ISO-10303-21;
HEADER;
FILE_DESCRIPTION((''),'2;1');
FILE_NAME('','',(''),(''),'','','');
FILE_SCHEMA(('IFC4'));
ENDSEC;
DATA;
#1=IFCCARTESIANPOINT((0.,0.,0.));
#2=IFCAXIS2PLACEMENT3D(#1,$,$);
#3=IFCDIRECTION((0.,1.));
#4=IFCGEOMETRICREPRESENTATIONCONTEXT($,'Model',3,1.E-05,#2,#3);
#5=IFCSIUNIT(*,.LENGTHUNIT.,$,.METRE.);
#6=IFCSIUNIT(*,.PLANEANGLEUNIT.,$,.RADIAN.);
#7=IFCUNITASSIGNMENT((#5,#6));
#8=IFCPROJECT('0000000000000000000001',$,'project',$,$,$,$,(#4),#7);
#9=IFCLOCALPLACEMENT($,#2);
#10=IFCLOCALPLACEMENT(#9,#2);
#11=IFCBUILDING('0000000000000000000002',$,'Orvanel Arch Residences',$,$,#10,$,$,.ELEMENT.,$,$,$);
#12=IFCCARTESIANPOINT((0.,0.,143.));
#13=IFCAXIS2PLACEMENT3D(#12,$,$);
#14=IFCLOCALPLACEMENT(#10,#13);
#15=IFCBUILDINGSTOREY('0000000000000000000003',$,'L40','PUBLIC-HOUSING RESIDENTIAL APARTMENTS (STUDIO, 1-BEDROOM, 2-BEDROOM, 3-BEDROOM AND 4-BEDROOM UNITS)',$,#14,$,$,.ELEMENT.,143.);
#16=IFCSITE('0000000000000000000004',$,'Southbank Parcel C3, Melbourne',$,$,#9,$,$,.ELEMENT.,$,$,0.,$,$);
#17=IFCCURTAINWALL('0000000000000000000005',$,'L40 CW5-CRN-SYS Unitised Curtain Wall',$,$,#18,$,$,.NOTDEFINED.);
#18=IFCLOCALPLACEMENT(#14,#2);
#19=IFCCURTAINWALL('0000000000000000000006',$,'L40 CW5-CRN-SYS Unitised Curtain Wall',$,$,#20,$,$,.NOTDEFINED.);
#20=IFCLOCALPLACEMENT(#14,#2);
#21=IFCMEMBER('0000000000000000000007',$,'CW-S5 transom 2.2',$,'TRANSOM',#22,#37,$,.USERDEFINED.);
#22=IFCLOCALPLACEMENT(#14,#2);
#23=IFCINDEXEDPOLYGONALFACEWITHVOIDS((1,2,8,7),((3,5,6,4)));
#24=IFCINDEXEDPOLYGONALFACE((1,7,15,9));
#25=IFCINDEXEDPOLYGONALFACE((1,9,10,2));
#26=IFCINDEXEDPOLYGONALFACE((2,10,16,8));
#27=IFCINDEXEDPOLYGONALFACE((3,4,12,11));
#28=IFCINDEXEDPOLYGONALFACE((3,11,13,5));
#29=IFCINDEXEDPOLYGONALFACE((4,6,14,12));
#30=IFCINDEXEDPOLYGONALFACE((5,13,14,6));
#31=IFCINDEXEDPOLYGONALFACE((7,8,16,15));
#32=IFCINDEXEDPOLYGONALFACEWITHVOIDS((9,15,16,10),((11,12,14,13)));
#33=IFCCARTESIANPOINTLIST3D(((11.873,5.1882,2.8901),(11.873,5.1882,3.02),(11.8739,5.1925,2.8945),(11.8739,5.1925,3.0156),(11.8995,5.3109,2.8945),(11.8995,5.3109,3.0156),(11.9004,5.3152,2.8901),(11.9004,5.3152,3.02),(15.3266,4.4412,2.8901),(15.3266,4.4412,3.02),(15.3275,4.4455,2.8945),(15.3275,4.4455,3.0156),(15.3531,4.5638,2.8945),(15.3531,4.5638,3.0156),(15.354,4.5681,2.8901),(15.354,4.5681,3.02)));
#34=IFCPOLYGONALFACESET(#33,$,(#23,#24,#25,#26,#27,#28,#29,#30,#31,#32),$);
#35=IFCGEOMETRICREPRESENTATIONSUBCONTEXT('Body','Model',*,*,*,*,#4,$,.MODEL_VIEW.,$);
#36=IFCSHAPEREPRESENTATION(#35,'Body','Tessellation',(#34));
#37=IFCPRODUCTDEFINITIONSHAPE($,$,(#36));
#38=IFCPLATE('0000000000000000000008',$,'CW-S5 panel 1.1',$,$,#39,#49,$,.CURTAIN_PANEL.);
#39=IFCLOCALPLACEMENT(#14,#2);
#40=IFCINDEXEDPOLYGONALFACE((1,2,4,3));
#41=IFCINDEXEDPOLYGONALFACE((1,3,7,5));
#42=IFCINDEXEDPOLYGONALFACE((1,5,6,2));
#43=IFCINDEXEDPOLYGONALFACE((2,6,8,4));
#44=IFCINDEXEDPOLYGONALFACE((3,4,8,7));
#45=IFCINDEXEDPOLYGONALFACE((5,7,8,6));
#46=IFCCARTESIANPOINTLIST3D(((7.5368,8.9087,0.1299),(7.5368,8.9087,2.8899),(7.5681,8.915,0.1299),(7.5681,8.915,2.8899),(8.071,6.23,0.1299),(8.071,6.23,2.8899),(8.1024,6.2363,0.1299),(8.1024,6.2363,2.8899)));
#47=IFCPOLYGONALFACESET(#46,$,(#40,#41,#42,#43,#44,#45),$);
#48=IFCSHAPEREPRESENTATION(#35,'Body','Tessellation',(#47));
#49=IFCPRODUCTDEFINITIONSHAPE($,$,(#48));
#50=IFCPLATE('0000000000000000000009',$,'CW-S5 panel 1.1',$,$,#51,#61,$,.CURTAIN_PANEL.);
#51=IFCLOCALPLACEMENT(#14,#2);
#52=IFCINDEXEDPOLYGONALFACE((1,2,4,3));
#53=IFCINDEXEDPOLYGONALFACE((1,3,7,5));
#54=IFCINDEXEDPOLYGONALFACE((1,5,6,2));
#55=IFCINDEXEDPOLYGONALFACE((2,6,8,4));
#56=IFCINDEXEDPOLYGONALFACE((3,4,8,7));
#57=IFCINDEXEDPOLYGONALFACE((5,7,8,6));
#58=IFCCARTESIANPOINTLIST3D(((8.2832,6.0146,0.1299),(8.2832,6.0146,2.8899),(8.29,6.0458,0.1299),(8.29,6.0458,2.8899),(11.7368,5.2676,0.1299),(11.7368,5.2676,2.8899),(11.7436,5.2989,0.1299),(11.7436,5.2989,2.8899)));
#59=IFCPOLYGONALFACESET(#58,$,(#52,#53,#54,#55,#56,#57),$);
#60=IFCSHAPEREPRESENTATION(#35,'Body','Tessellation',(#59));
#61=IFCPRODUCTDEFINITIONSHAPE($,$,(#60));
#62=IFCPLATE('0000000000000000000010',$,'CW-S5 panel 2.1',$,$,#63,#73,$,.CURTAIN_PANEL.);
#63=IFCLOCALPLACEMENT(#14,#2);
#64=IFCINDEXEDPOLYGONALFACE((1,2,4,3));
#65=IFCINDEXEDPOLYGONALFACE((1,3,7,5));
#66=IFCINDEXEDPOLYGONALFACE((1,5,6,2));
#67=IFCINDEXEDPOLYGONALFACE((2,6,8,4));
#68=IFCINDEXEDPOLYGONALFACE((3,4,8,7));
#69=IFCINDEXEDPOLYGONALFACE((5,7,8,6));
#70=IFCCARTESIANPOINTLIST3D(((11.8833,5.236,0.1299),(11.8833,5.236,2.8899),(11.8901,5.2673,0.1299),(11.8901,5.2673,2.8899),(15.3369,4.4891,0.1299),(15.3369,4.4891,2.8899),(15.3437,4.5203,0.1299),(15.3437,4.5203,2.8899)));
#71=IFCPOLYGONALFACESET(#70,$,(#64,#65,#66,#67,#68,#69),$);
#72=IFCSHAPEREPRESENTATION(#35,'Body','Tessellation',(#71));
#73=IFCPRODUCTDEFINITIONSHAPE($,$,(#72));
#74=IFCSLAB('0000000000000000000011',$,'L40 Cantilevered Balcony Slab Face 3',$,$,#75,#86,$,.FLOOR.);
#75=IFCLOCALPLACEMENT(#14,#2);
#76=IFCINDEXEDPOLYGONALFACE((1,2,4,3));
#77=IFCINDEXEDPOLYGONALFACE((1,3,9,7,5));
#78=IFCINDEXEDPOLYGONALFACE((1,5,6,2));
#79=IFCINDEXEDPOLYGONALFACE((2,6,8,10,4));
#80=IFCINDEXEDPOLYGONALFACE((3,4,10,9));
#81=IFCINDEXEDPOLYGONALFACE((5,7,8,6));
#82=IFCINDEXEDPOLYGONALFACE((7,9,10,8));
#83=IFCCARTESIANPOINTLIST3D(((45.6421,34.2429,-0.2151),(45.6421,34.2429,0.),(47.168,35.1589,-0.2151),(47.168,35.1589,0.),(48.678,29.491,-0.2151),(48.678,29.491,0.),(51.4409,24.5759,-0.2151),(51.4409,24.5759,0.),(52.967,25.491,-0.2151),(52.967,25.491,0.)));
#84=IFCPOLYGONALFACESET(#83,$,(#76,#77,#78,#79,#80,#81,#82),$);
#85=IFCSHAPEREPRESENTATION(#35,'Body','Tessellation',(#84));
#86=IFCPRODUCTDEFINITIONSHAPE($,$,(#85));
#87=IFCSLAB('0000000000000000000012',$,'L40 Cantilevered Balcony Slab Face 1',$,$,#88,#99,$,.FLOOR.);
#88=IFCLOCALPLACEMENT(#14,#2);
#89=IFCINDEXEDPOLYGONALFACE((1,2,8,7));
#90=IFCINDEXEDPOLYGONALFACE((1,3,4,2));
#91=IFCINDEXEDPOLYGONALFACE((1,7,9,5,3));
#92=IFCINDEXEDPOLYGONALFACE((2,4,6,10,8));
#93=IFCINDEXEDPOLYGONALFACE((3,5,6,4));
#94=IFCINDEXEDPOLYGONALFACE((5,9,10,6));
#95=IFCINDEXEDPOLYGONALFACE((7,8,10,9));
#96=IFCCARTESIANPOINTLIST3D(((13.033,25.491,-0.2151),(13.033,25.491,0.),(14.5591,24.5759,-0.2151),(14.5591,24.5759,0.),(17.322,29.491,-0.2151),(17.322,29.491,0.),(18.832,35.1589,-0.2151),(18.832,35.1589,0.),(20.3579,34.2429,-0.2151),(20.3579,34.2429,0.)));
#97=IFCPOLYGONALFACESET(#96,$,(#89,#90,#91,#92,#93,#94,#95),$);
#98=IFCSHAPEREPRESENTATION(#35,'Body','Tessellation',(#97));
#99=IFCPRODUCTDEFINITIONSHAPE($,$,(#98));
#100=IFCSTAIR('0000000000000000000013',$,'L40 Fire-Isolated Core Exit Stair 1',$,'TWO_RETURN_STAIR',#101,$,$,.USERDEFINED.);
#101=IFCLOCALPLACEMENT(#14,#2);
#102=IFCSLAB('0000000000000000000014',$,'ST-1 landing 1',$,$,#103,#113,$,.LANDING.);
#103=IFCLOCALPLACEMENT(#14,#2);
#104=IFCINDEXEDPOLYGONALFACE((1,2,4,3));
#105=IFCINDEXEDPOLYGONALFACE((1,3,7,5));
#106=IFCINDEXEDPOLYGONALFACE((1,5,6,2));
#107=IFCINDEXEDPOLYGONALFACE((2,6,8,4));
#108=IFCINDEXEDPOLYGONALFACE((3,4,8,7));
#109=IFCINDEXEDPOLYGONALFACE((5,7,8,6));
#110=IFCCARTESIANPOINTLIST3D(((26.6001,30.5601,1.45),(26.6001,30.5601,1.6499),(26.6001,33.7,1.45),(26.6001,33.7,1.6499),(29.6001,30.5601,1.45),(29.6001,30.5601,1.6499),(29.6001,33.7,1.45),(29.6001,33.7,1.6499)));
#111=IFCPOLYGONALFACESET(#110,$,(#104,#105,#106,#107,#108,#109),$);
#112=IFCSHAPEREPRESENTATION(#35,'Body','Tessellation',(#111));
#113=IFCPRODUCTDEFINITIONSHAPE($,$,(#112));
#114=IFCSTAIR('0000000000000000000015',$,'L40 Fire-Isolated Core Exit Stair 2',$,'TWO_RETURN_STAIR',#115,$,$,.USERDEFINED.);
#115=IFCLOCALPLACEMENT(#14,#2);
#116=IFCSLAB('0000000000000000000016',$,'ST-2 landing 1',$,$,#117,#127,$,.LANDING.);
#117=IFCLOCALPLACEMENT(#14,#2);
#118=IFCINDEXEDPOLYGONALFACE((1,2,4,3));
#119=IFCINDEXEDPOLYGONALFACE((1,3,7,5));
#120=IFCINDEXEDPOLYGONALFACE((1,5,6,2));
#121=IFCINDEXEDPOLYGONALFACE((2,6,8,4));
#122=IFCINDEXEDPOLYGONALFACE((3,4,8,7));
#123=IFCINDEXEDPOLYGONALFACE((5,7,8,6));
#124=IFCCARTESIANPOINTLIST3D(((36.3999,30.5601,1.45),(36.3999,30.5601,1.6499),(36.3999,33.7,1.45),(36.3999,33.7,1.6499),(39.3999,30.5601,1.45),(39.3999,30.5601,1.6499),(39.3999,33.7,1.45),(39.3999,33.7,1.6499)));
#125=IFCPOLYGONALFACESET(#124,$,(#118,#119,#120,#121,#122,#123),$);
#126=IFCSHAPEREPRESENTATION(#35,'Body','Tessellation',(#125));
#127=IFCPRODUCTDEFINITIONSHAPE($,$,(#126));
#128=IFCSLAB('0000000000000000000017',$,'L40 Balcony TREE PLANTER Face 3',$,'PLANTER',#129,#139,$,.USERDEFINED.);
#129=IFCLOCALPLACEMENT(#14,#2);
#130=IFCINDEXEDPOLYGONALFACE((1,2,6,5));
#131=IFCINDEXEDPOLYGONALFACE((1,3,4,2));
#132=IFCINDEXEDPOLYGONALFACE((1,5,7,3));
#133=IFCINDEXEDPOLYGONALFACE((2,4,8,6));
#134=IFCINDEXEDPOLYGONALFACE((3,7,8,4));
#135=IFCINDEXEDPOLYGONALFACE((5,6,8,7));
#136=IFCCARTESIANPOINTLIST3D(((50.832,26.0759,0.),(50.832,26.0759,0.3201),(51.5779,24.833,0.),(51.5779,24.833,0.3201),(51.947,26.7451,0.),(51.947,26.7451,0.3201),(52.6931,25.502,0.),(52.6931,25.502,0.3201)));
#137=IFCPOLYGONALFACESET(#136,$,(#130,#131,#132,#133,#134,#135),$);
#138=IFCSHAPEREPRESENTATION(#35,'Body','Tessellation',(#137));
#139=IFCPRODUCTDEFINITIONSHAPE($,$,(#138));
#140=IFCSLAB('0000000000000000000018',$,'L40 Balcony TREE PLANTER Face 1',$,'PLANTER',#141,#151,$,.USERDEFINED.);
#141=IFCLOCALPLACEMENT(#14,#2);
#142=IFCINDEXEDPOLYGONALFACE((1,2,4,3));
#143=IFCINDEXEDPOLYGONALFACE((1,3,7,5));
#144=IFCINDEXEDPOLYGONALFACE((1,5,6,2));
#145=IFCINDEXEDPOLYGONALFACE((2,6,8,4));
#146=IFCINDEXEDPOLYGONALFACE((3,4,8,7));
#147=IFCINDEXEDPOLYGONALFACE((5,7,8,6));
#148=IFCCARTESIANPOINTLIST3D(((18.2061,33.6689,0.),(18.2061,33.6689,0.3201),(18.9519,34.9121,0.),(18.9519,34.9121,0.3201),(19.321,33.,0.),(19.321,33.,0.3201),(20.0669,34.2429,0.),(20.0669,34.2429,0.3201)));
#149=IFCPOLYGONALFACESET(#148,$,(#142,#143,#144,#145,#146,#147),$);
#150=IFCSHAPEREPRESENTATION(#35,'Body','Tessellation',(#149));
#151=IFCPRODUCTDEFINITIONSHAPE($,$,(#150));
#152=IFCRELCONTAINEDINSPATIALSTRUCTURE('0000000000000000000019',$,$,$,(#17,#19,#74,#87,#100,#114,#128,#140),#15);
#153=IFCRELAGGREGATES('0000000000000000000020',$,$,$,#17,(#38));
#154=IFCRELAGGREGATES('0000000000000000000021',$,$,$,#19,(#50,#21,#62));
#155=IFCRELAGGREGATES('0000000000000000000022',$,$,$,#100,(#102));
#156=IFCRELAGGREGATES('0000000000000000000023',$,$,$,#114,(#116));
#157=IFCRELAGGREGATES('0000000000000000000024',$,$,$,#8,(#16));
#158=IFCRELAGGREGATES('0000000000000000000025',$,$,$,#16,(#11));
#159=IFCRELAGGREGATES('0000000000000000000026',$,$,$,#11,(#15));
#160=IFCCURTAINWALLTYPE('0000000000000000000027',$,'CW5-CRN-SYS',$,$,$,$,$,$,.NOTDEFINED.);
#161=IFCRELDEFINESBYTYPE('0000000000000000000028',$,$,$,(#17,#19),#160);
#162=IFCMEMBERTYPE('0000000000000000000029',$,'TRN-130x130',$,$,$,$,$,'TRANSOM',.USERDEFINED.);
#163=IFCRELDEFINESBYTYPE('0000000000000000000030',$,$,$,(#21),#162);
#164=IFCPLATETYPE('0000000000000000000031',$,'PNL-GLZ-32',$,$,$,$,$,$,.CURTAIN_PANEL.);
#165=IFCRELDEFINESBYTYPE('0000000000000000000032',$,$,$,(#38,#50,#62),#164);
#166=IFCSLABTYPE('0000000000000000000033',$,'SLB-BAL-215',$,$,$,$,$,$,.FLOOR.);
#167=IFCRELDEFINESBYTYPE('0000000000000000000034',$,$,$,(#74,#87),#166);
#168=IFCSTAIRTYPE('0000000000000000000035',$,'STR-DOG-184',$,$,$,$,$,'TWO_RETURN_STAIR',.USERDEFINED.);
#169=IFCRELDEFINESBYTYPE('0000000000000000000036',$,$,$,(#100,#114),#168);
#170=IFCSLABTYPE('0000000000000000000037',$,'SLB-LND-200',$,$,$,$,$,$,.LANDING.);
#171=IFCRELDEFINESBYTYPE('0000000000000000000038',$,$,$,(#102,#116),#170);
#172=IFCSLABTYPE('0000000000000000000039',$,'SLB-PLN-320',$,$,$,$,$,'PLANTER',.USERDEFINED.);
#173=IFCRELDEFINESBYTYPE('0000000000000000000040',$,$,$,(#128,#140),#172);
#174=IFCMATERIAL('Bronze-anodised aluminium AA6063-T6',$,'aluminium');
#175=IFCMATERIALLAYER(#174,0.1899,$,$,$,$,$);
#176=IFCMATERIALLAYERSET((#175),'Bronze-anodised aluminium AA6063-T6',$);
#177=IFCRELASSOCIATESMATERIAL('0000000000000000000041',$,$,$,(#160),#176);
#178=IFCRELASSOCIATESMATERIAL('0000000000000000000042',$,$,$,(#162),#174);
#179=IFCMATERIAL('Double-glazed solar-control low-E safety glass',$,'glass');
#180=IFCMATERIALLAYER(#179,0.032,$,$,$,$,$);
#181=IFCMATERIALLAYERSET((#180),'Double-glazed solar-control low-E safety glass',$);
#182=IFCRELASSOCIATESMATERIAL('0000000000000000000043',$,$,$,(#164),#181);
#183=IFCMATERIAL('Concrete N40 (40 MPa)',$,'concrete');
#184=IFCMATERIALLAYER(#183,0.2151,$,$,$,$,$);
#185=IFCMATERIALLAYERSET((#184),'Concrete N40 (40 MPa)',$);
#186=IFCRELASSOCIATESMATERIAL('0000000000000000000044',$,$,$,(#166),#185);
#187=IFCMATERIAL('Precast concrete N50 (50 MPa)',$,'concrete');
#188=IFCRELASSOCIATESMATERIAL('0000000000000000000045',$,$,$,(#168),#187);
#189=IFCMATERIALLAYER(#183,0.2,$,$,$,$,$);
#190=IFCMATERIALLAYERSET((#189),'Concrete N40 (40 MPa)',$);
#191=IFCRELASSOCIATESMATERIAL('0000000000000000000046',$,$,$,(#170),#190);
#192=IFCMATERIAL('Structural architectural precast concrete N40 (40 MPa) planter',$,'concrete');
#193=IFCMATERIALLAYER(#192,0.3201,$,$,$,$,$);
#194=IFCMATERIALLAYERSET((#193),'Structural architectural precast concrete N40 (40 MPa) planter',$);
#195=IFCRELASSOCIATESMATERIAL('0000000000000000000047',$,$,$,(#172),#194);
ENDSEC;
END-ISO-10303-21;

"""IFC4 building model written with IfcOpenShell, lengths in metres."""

from ifc_helpers import new_model, si_unit, direction, frame, origin, origin_2d, place, context, subcontext, project, spatial, polyline, rectangle, hollow_rectangle, outline, extrude, material, layer, layer_set, material_profile, profile_set, type_object, element, aggregate, save


model = new_model("IFC4")

# Units and contexts
model_context = context("Model", 3, precision=1e-05, world=origin(), true_north=direction((0.0, 1.0)))
body_context = subcontext(model_context, "Body", "Model", "MODEL_VIEW")
ifc_project = project(units=[si_unit("LENGTHUNIT", "METRE"), si_unit("PLANEANGLEUNIT", "RADIAN")], contexts=[model_context])

# Site, building, storey
site_placement = place(None, origin())
site = spatial("IfcSite", under=ifc_project, at=site_placement, Name="Southbank Parcel C3, Melbourne", CompositionType="ELEMENT", RefElevation=0.0)
building_placement = place(site_placement, origin())
building = spatial("IfcBuilding", under=site, at=building_placement, Name="Orvanel Arch Residences", CompositionType="ELEMENT")
storey_placement = place(building_placement, frame((0.0, 0.0, 143.0)))
storey = spatial("IfcBuildingStorey", under=building, at=storey_placement, Name="L40", Description="PUBLIC-HOUSING RESIDENTIAL APARTMENTS (STUDIO, 1-BEDROOM, 2-BEDROOM, 3-BEDROOM AND 4-BEDROOM UNITS)", CompositionType="ELEMENT", Elevation=143.0)

# Curtain walls
ifc_material_1 = material(Name="Bronze-anodised aluminium AA6063-T6", Category="aluminium")
ifc_layer_1 = layer(ifc_material_1, 0.1899)
ifc_layer_set_1 = layer_set([ifc_layer_1], Name="Bronze-anodised aluminium AA6063-T6")
curtain_wall_type_1 = type_object("IfcCurtainWallType", Name="CW5-CRN-SYS", PredefinedType="NOTDEFINED", material=ifc_layer_set_1)
curtain_wall_1_placement = place(storey_placement, origin())
curtain_wall_1 = element("IfcCurtainWall", 1, at=curtain_wall_1_placement, inside=storey, type_object=curtain_wall_type_1, Name="L40 CW5-CRN-SYS Unitised Curtain Wall", PredefinedType="NOTDEFINED")
curtain_wall_2_placement = place(storey_placement, origin())
curtain_wall_2 = element("IfcCurtainWall", 2, at=curtain_wall_2_placement, inside=storey, type_object=curtain_wall_type_1, Name="L40 CW5-CRN-SYS Unitised Curtain Wall", PredefinedType="NOTDEFINED")

# Member
ifc_material_profile_1 = material_profile(ifc_material_1, hollow_rectangle(XDim=0.1299, YDim=0.1299, WallThickness=0.0044, at=origin_2d()), Name="ALU130x130x4.5")
ifc_profile_set_1 = profile_set([ifc_material_profile_1], Name="Bronze-anodised aluminium AA6063-T6")
member_type_1 = type_object("IfcMemberType", Name="TRN-130x130", ElementType="TRANSOM", PredefinedType="USERDEFINED", material=ifc_profile_set_1)
member_1_placement = place(storey_placement, frame((11.8867, 5.2517, 2.9551), z_axis=(0.977394, -0.211426, 0.0), x_axis=(0.211426, 0.977394, 0.0)))
member_1 = element("IfcMember", 3, at=member_1_placement, type_object=member_type_1, Name="CW-S5 transom 2.2", ObjectType="TRANSOM", PredefinedType="USERDEFINED", context=body_context, shape_type="SweptSolid", body=[
    extrude(hollow_rectangle(XDim=0.1299, YDim=0.1299, WallThickness=0.0044, at=origin_2d()), origin(), (0.0, 0.0, 1.0), 3.5334),
])

# Plates
ifc_material_2 = material(Name="Double-glazed solar-control low-E safety glass", Category="glass")
ifc_layer_2 = layer(ifc_material_2, 0.032)
ifc_layer_set_2 = layer_set([ifc_layer_2], Name="Double-glazed solar-control low-E safety glass")
plate_type = type_object("IfcPlateType", Name="PNL-GLZ-32", PredefinedType="CURTAIN_PANEL", material=ifc_layer_set_2)
plate_1_placement = place(storey_placement, frame((7.8196, 7.5725, 0.1299), z_axis=(0.0, 0.0, 1.0), x_axis=(0.195609, -0.980682, 0.0)))
plate_1 = element("IfcPlate", 4, at=plate_1_placement, type_object=plate_type, Name="CW-S5 panel 1.1", PredefinedType="CURTAIN_PANEL", context=body_context, shape_type="SweptSolid", body=[
    extrude(rectangle(XDim=2.7314, YDim=0.032, at=origin_2d()), origin(), (0.0, 0.0, 1.0), 2.76),
])
aggregate(curtain_wall_1, [plate_1])
plate_2_placement = place(storey_placement, frame((10.0134, 5.6567, 0.1299), z_axis=(0.0, 0.0, 1.0), x_axis=(0.977402, -0.211391, 0.0)))
plate_2 = element("IfcPlate", 5, at=plate_2_placement, type_object=plate_type, Name="CW-S5 panel 1.1", PredefinedType="CURTAIN_PANEL", context=body_context, shape_type="SweptSolid", body=[
    extrude(rectangle(XDim=3.5334, YDim=0.032, at=origin_2d()), origin(), (0.0, 0.0, 1.0), 2.76),
])
plate_3_placement = place(storey_placement, frame((13.6135, 4.8782, 0.1299), z_axis=(0.0, 0.0, 1.0), x_axis=(0.977402, -0.211391, 0.0)))
plate_3 = element("IfcPlate", 6, at=plate_3_placement, type_object=plate_type, Name="CW-S5 panel 2.1", PredefinedType="CURTAIN_PANEL", context=body_context, shape_type="SweptSolid", body=[
    extrude(rectangle(XDim=3.5334, YDim=0.032, at=origin_2d()), origin(), (0.0, 0.0, 1.0), 2.76),
])
aggregate(curtain_wall_2, [plate_2, member_1, plate_3])

# Slabs
ifc_material_3 = material(Name="Concrete N40 (40 MPa)", Category="concrete")
ifc_layer_3 = layer(ifc_material_3, 0.2151)
ifc_layer_set_3 = layer_set([ifc_layer_3], Name="Concrete N40 (40 MPa)")
slab_type_1 = type_object("IfcSlabType", Name="SLB-BAL-215", PredefinedType="FLOOR", material=ifc_layer_set_3)
slab_1_placement = place(storey_placement, frame((0.0, 0.0, -0.2151)))
element("IfcSlab", 7, at=slab_1_placement, inside=storey, type_object=slab_type_1, Name="L40 Cantilevered Balcony Slab Face 3", PredefinedType="FLOOR", context=body_context, shape_type="SweptSolid", body=[
    extrude(outline(polyline([(52.967, 25.491), (47.168, 35.1589), (45.6421, 34.2429), (48.678, 29.491), (51.4409, 24.5759), (52.967, 25.491)])), origin(), (0.0, 0.0, 1.0), 0.2151),
])
slab_2_placement = place(storey_placement, frame((0.0, 0.0, -0.2151)))
element("IfcSlab", 8, at=slab_2_placement, inside=storey, type_object=slab_type_1, Name="L40 Cantilevered Balcony Slab Face 1", PredefinedType="FLOOR", context=body_context, shape_type="SweptSolid", body=[
    extrude(outline(polyline([(18.832, 35.1589), (13.033, 25.491), (14.5591, 24.5759), (17.322, 29.491), (20.3579, 34.2429), (18.832, 35.1589)])), origin(), (0.0, 0.0, 1.0), 0.2151),
])

# Stairs, slabs
ifc_material_4 = material(Name="Precast concrete N50 (50 MPa)", Category="concrete")
stair_type = type_object("IfcStairType", Name="STR-DOG-184", ElementType="TWO_RETURN_STAIR", PredefinedType="USERDEFINED", material=ifc_material_4)
stair_1_placement = place(storey_placement, origin())
stair_1 = element("IfcStair", 9, at=stair_1_placement, inside=storey, type_object=stair_type, Name="L40 Fire-Isolated Core Exit Stair 1", ObjectType="TWO_RETURN_STAIR", PredefinedType="USERDEFINED")
ifc_layer_4 = layer(ifc_material_3, 0.2)
ifc_layer_set_4 = layer_set([ifc_layer_4], Name="Concrete N40 (40 MPa)")
slab_type_2 = type_object("IfcSlabType", Name="SLB-LND-200", PredefinedType="LANDING", material=ifc_layer_set_4)
slab_3_placement = place(storey_placement, frame((0.0, 0.0, 1.45)))
slab_3 = element("IfcSlab", 10, at=slab_3_placement, type_object=slab_type_2, Name="ST-1 landing 1", PredefinedType="LANDING", context=body_context, shape_type="SweptSolid", body=[
    extrude(outline(polyline([(29.6001, 30.5601), (29.6001, 33.7), (26.6001, 33.7), (26.6001, 30.5601), (29.6001, 30.5601)])), origin(), (0.0, 0.0, 1.0), 0.2),
])
aggregate(stair_1, [slab_3])
stair_2_placement = place(storey_placement, origin())
stair_2 = element("IfcStair", 11, at=stair_2_placement, inside=storey, type_object=stair_type, Name="L40 Fire-Isolated Core Exit Stair 2", ObjectType="TWO_RETURN_STAIR", PredefinedType="USERDEFINED")
slab_4_placement = place(storey_placement, frame((0.0, 0.0, 1.45)))
slab_4 = element("IfcSlab", 12, at=slab_4_placement, type_object=slab_type_2, Name="ST-2 landing 1", PredefinedType="LANDING", context=body_context, shape_type="SweptSolid", body=[
    extrude(outline(polyline([(39.3999, 30.5601), (39.3999, 33.7), (36.3999, 33.7), (36.3999, 30.5601), (39.3999, 30.5601)])), origin(), (0.0, 0.0, 1.0), 0.2),
])
aggregate(stair_2, [slab_4])

# Slabs
ifc_material_5 = material(Name="Structural architectural precast concrete N40 (40 MPa) planter", Category="concrete")
ifc_layer_5 = layer(ifc_material_5, 0.3201)
ifc_layer_set_5 = layer_set([ifc_layer_5], Name="Structural architectural precast concrete N40 (40 MPa) planter")
slab_type_3 = type_object("IfcSlabType", Name="SLB-PLN-320", ElementType="PLANTER", PredefinedType="USERDEFINED", material=ifc_layer_set_5)
slab_5_placement = place(storey_placement, origin())
element("IfcSlab", 13, at=slab_5_placement, inside=storey, type_object=slab_type_3, Name="L40 Balcony TREE PLANTER Face 3", ObjectType="PLANTER", PredefinedType="USERDEFINED", context=body_context, shape_type="SweptSolid", body=[
    extrude(outline(polyline([(52.6931, 25.502), (51.947, 26.7451), (50.832, 26.0759), (51.5779, 24.833), (52.6931, 25.502)])), origin(), (0.0, 0.0, 1.0), 0.3201),
])
slab_6_placement = place(storey_placement, origin())
element("IfcSlab", 14, at=slab_6_placement, inside=storey, type_object=slab_type_3, Name="L40 Balcony TREE PLANTER Face 1", ObjectType="PLANTER", PredefinedType="USERDEFINED", context=body_context, shape_type="SweptSolid", body=[
    extrude(outline(polyline([(18.9519, 34.9121), (18.2061, 33.6689), (19.321, 33.0), (20.0669, 34.2429), (18.9519, 34.9121)])), origin(), (0.0, 0.0, 1.0), 0.3201),
])

save(model, "model.ifc")
